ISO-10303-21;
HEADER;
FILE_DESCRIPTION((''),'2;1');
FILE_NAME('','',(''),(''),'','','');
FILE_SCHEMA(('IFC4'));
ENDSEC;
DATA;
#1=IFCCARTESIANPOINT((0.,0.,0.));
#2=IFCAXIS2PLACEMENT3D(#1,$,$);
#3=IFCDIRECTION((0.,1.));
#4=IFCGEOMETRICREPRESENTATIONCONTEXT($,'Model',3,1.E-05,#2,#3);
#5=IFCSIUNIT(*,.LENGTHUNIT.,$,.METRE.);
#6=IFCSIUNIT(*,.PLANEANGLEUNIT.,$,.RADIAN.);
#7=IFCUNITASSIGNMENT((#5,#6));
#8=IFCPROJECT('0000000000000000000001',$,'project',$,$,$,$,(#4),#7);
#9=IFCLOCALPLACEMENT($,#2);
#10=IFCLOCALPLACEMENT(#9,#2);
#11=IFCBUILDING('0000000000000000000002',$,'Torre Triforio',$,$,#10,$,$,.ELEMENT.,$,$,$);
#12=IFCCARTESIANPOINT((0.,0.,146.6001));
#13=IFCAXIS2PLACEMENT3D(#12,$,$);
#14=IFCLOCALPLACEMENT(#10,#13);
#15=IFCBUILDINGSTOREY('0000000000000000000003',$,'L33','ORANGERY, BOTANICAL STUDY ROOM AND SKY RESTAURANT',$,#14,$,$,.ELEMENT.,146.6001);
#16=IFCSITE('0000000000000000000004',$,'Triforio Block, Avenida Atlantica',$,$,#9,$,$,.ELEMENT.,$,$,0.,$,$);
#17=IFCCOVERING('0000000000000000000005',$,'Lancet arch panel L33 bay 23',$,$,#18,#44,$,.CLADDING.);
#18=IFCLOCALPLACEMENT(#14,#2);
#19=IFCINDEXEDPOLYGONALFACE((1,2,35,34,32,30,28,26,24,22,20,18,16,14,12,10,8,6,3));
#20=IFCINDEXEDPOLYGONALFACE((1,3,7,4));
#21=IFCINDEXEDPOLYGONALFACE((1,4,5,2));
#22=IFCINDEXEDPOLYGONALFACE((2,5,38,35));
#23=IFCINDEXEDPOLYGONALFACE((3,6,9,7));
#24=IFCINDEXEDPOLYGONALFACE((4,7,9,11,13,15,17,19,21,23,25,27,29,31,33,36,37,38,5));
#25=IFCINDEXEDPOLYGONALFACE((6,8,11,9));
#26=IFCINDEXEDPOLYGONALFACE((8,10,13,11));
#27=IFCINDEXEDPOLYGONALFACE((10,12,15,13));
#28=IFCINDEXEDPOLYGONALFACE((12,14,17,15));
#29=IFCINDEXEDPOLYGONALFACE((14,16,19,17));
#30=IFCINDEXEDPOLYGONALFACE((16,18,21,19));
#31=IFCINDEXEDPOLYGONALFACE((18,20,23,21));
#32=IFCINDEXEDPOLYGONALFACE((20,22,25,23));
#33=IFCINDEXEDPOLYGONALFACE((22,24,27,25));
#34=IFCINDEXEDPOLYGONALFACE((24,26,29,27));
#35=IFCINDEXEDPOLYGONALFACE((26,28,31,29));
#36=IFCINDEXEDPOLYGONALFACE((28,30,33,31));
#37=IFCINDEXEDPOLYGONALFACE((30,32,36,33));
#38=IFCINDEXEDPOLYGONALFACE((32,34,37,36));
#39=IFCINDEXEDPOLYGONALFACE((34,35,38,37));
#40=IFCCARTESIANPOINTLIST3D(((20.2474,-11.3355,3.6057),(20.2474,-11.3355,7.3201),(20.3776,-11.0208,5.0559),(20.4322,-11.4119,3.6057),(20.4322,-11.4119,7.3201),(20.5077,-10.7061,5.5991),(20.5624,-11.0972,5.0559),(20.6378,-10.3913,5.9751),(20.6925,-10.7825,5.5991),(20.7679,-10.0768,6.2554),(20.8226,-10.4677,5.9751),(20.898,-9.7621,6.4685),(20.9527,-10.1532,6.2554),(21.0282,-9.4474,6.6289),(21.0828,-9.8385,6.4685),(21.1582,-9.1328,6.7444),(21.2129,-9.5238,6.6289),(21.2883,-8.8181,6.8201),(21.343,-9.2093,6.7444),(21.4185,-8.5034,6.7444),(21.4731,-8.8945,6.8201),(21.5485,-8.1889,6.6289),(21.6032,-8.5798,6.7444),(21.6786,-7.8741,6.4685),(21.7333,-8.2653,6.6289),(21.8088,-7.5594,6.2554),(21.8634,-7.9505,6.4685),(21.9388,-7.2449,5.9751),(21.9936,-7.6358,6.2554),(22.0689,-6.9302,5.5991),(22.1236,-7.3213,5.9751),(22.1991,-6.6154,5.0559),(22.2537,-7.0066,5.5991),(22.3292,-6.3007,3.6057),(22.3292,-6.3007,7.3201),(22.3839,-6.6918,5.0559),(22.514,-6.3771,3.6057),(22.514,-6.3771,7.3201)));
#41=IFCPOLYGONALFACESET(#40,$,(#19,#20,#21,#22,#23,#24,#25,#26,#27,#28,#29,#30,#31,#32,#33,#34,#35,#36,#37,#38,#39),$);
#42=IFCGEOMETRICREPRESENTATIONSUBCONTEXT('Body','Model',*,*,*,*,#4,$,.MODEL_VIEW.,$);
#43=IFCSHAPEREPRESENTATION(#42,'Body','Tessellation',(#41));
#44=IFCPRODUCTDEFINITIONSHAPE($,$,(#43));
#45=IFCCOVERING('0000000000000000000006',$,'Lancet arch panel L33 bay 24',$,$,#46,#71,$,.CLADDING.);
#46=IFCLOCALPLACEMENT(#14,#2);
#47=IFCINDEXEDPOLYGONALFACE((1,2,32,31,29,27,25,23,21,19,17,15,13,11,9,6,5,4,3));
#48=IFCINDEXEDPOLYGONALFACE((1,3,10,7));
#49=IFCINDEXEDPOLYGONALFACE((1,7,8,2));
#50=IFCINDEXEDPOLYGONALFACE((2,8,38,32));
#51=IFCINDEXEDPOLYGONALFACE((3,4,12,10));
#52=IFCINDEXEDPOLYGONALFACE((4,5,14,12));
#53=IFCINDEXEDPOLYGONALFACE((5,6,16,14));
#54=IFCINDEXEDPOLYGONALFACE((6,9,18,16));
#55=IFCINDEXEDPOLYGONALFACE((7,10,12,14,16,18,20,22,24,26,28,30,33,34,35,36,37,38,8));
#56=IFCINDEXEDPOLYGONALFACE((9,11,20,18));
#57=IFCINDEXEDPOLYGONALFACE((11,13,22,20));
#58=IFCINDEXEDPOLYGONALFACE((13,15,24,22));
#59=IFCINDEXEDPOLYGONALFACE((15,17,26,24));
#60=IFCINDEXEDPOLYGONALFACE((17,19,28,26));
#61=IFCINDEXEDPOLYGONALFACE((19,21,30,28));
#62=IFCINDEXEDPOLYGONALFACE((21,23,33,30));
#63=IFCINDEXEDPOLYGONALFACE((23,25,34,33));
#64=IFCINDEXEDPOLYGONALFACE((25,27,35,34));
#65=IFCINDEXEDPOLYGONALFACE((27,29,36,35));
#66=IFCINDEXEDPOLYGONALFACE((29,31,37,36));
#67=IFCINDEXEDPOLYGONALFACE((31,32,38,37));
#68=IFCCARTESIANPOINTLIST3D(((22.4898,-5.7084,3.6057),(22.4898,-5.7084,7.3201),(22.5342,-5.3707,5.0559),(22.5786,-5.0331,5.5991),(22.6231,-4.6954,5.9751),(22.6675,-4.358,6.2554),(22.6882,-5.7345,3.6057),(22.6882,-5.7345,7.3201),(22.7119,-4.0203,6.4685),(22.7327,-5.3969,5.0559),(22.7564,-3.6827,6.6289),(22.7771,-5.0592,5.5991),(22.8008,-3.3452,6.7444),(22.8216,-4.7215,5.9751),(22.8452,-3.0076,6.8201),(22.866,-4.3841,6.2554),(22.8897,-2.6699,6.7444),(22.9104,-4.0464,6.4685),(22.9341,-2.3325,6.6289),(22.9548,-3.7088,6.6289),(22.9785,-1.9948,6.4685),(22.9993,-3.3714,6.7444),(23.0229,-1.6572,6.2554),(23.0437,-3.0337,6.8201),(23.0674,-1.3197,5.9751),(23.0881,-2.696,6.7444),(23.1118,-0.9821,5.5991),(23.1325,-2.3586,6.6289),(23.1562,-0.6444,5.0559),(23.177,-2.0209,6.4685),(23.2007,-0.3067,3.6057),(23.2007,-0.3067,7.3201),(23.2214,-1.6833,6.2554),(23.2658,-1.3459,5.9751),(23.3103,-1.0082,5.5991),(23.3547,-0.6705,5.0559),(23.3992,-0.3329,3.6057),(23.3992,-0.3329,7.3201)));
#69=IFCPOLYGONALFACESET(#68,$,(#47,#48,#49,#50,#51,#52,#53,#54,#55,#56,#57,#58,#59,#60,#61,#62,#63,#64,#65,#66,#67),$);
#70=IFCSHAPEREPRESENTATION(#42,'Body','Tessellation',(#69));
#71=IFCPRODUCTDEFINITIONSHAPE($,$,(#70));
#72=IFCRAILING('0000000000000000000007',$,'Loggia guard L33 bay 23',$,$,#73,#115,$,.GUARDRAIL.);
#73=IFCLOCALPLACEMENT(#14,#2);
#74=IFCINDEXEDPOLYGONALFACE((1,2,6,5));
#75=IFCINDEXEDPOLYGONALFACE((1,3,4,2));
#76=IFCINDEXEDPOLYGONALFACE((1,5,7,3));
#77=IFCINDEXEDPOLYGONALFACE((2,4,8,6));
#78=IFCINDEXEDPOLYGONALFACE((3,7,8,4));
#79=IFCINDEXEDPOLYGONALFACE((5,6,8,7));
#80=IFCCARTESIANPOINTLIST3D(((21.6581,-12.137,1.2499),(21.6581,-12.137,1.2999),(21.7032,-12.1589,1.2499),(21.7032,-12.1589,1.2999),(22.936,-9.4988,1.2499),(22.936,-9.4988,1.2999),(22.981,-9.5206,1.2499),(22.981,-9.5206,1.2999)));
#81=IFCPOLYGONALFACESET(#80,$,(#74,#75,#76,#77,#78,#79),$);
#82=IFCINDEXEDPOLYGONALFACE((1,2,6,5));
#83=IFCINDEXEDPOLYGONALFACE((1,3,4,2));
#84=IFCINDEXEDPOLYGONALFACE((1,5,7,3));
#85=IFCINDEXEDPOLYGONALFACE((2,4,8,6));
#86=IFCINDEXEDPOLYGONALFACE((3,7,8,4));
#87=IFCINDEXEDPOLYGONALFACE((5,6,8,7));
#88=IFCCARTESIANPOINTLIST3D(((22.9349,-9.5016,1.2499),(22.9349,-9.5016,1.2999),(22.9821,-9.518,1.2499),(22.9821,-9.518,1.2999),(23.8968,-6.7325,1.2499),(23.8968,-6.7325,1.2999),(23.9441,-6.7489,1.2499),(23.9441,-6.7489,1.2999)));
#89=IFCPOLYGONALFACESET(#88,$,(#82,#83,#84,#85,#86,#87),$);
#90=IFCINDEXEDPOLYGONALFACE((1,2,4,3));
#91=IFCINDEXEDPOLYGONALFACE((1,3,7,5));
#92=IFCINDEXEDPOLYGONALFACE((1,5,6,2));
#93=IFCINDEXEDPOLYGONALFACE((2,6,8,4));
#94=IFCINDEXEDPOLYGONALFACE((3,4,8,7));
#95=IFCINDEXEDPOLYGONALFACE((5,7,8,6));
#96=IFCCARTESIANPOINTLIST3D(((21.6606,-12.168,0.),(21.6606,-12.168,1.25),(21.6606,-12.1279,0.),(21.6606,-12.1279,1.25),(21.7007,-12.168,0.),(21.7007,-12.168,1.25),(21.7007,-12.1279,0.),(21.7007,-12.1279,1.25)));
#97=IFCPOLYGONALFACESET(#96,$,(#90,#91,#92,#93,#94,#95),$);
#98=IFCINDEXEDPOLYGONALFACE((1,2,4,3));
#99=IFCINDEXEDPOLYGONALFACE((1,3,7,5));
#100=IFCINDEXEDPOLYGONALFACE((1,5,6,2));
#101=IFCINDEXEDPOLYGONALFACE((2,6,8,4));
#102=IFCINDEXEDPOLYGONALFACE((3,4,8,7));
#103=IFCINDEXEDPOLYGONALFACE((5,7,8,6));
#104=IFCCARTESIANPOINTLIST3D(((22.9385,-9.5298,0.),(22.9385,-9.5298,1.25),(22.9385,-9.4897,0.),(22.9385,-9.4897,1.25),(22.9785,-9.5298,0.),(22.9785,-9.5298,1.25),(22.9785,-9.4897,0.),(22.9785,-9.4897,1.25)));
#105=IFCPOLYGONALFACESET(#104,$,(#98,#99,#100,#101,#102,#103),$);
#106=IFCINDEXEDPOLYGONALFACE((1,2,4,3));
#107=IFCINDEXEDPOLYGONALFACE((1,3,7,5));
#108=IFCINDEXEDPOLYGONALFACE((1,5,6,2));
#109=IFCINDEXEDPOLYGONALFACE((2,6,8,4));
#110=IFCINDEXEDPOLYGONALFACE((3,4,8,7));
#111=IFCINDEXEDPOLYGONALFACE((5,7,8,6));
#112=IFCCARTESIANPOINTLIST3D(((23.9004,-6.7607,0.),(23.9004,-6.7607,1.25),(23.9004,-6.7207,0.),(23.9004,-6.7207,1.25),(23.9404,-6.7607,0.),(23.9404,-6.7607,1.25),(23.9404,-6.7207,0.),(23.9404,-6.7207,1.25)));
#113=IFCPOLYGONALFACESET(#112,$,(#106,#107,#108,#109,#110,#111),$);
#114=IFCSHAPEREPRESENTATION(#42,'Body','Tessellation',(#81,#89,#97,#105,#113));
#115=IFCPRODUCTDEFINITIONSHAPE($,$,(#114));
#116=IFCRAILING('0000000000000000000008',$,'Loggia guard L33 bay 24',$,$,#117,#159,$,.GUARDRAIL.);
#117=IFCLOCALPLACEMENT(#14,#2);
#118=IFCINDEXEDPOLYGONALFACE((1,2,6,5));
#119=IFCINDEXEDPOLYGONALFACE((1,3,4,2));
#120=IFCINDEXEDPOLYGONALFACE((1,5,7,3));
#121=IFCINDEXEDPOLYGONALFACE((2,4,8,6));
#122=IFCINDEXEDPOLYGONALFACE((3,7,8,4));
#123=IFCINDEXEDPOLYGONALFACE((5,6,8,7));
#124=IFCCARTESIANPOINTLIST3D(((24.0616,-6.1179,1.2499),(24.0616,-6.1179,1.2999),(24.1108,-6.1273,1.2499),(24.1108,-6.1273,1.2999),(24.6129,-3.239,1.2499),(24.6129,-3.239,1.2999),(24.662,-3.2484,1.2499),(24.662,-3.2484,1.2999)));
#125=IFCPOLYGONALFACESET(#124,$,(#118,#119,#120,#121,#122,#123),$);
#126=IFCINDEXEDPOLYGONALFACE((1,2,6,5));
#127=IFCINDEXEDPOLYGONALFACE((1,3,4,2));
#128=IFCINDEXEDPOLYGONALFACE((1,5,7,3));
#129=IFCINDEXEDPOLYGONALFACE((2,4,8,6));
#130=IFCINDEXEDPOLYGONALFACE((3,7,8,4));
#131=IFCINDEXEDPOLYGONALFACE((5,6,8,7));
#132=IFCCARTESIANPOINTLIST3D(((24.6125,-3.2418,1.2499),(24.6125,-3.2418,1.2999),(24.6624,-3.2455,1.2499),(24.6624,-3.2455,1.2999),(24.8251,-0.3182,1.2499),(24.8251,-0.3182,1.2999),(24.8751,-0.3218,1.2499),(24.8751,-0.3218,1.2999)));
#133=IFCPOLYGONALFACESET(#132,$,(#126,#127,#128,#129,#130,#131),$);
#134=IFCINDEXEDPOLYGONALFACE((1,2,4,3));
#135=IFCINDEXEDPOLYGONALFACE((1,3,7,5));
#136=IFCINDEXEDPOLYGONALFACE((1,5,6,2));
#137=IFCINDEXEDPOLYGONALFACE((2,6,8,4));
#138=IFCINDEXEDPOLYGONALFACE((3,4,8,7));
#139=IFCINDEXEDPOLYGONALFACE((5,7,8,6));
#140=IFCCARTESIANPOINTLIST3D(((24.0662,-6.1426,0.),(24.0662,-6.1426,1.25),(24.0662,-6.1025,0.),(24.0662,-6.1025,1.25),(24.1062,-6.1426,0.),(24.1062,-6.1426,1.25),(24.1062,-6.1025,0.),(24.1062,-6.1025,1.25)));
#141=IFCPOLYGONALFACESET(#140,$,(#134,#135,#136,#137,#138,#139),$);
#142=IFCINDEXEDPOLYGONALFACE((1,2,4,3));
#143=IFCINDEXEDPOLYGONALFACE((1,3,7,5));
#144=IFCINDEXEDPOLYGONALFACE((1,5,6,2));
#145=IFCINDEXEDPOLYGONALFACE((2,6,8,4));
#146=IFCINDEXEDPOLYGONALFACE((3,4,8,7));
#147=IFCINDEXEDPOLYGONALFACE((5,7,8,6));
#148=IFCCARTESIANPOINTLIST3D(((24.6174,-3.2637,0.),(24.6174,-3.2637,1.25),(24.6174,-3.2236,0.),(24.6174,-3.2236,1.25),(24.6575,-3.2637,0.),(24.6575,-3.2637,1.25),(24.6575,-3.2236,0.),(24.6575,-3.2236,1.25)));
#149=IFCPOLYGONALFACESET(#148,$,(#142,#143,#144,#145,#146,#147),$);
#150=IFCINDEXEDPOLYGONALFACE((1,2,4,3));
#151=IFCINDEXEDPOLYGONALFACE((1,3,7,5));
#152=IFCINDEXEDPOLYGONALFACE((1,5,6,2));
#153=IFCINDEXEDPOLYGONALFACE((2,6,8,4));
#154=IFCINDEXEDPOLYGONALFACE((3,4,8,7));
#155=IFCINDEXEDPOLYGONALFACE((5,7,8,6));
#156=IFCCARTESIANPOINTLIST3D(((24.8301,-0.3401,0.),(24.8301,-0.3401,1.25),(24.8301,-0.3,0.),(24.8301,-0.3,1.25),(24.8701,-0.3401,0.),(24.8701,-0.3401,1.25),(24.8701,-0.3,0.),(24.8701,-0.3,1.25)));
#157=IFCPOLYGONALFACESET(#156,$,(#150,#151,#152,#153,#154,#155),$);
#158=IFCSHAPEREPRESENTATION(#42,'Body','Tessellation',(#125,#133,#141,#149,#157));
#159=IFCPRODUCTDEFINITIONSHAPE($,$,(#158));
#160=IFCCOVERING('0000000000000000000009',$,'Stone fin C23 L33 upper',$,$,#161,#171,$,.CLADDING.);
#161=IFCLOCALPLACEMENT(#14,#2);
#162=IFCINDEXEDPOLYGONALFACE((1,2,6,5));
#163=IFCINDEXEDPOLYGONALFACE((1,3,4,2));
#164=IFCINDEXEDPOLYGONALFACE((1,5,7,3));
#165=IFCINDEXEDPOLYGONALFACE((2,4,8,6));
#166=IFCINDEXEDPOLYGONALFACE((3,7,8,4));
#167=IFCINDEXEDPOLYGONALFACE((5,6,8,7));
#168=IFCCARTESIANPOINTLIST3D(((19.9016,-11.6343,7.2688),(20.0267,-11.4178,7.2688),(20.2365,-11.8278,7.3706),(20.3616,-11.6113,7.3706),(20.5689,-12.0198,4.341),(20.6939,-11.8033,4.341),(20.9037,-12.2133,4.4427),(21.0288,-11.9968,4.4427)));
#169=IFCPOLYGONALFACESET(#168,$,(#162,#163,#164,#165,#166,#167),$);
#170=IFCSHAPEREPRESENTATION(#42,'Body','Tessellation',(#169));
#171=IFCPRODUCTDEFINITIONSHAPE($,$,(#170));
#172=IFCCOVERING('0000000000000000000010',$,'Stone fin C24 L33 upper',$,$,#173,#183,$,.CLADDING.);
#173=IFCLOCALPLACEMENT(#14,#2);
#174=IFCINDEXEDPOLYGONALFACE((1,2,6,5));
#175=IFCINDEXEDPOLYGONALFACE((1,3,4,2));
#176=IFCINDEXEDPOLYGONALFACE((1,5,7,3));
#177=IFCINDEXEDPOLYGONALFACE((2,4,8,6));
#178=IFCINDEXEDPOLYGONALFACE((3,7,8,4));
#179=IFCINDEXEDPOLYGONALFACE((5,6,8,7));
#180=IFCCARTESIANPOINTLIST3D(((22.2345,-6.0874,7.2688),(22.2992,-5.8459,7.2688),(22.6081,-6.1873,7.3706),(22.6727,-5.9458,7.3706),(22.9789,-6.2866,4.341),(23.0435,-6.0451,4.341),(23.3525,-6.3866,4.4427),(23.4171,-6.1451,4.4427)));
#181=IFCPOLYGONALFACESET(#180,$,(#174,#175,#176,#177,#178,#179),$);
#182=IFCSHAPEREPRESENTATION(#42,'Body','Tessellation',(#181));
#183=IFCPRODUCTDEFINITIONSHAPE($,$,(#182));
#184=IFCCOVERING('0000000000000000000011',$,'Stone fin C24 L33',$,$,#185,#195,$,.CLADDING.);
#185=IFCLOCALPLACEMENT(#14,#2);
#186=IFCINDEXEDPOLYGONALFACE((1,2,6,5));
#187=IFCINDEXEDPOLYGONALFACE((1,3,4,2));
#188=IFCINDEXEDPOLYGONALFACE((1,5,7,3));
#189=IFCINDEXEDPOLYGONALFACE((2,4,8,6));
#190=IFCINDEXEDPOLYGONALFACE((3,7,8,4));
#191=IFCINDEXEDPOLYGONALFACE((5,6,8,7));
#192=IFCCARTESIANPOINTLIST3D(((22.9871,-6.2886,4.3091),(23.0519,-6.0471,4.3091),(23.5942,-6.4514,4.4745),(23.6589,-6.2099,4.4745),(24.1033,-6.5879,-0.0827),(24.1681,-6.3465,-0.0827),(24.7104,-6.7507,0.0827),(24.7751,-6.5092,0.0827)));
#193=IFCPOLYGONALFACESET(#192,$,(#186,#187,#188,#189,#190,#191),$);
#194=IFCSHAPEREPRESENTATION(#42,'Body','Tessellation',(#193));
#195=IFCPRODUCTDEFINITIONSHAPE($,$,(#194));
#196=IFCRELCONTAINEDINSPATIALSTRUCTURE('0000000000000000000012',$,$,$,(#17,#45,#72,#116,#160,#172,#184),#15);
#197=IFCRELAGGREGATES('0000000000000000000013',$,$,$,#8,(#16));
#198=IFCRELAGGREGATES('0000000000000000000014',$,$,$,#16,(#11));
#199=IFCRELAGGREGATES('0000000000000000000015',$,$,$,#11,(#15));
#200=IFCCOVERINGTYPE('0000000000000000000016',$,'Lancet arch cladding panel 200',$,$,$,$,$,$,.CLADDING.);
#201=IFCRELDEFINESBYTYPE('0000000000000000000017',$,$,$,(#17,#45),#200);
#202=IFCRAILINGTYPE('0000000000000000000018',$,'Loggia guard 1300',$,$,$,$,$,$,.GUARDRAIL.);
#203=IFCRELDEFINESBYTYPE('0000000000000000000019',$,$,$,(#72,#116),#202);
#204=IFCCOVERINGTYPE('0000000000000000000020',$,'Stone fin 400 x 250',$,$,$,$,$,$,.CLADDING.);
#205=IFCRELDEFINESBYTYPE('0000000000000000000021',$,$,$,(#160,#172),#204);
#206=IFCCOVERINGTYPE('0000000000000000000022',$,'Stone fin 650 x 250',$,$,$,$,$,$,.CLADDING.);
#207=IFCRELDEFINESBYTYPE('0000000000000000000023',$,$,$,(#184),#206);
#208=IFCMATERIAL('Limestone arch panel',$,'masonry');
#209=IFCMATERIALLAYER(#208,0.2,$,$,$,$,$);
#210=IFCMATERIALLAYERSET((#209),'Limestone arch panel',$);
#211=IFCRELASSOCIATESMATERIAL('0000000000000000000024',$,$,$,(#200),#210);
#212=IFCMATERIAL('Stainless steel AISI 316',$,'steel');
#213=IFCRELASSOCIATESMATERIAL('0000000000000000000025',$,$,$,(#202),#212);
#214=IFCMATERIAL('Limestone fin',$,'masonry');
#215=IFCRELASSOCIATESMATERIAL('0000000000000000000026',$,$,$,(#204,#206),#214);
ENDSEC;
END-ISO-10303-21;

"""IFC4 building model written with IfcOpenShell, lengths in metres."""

from ifc_helpers import new_model, si_unit, direction, frame, origin, origin_2d, place, context, subcontext, project, spatial, polyline, rectangle, outline, extrude, material, layer, layer_set, material_profile, profile_set, type_object, element, save


model = new_model("IFC4")

# Units and contexts
model_context = context("Model", 3, precision=1e-05, world=origin(), true_north=direction((0.0, 1.0)))
body_context = subcontext(model_context, "Body", "Model", "MODEL_VIEW")
ifc_project = project(units=[si_unit("LENGTHUNIT", "METRE"), si_unit("PLANEANGLEUNIT", "RADIAN")], contexts=[model_context])

# Site, building, storey
site_placement = place(None, origin())
site = spatial("IfcSite", under=ifc_project, at=site_placement, Name="Triforio Block, Avenida Atlantica", CompositionType="ELEMENT", RefElevation=0.0)
building_placement = place(site_placement, origin())
building = spatial("IfcBuilding", under=site, at=building_placement, Name="Torre Triforio", CompositionType="ELEMENT")
storey_placement = place(building_placement, frame((0.0, 0.0, 146.6001)))
storey = spatial("IfcBuildingStorey", under=building, at=storey_placement, Name="L33", Description="ORANGERY, BOTANICAL STUDY ROOM AND SKY RESTAURANT", CompositionType="ELEMENT", Elevation=146.6001)

# Coverings
ifc_material_1 = material(Name="Limestone arch panel", Category="masonry")
ifc_layer_1 = layer(ifc_material_1, 0.2)
ifc_layer_set_1 = layer_set([ifc_layer_1], Name="Limestone arch panel")
covering_type_1 = type_object("IfcCoveringType", Name="Lancet arch cladding panel 200", PredefinedType="CLADDING", material=ifc_layer_set_1)
covering_1_placement = place(storey_placement, frame((21.2883, -8.8181, 0.0), z_axis=(0.924121, -0.3821, 0.0), x_axis=(0.3821, 0.924121, 0.0)))
element("IfcCovering", 1, at=covering_1_placement, inside=storey, type_object=covering_type_1, Name="Lancet arch panel L33 bay 23", PredefinedType="CLADDING", context=body_context, shape_type="SweptSolid", body=[
    extrude(outline(polyline([(-2.7241, 7.3201), (-2.7241, 3.6057), (-2.3835, 5.0559), (-2.043, 5.5991), (-1.7024, 5.9751), (-1.3621, 6.2554), (-1.0215, 6.4685), (-0.6809, 6.6289), (-0.3406, 6.7444), (0.0, 6.8201), (0.3406, 6.7444), (0.6809, 6.6289), (1.0215, 6.4685), (1.3621, 6.2554), (1.7024, 5.9751), (2.043, 5.5991), (2.3835, 5.0559), (2.7241, 3.6057), (2.7241, 7.3201), (-2.7241, 7.3201)])), origin(), (0.0, 0.0, 1.0), 0.2),
])
covering_2_placement = place(storey_placement, frame((22.8452, -3.0076, 0.0), z_axis=(0.99145, -0.130486, 0.0), x_axis=(0.130486, 0.99145, 0.0)))
element("IfcCovering", 2, at=covering_2_placement, inside=storey, type_object=covering_type_1, Name="Lancet arch panel L33 bay 24", PredefinedType="CLADDING", context=body_context, shape_type="SweptSolid", body=[
    extrude(outline(polyline([(-2.7241, 7.3201), (-2.7241, 3.6057), (-2.3835, 5.0559), (-2.043, 5.5991), (-1.7024, 5.9751), (-1.3621, 6.2554), (-1.0215, 6.4685), (-0.6809, 6.6289), (-0.3406, 6.7444), (0.0, 6.8201), (0.3406, 6.7444), (0.6809, 6.6289), (1.0215, 6.4685), (1.3621, 6.2554), (1.7024, 5.9751), (2.043, 5.5991), (2.3835, 5.0559), (2.7241, 3.6057), (2.7241, 7.3201), (-2.7241, 7.3201)])), origin(), (0.0, 0.0, 1.0), 0.2002),
])

# Railings
ifc_material_2 = material(Name="Stainless steel AISI 316", Category="steel")
railing_type = type_object("IfcRailingType", Name="Loggia guard 1300", PredefinedType="GUARDRAIL", material=ifc_material_2)
railing_1_placement = place(storey_placement, frame((21.6807, -12.1479, 0.0)))
element("IfcRailing", 3, at=railing_1_placement, inside=storey, type_object=railing_type, Name="Loggia guard L33 bay 23", PredefinedType="GUARDRAIL", context=body_context, shape_type="SweptSolid", body=[
    extrude(rectangle(XDim=0.05, YDim=0.05, at=origin_2d()), frame((0.0, 0.0, 1.2749), z_axis=(0.435918, 0.899986, 0.0), x_axis=(-0.899986, 0.435918, 0.0)), (0.0, 0.0, 1.0), 2.9314),
    extrude(rectangle(XDim=0.05, YDim=0.05, at=origin_2d()), frame((1.2778, 2.6382, 1.2749), z_axis=(0.328146, 0.944627, 0.0), x_axis=(-0.944627, 0.328146, 0.0)), (0.0, 0.0, 1.0), 2.9314),
    extrude(rectangle(XDim=0.04, YDim=0.04, at=origin_2d()), origin(), (0.0, 0.0, 1.0), 1.25),
    extrude(rectangle(XDim=0.04, YDim=0.04, at=origin_2d()), frame((1.2778, 2.6382, 0.0)), (0.0, 0.0, 1.0), 1.25),
    extrude(rectangle(XDim=0.04, YDim=0.04, at=origin_2d()), frame((2.2397, 5.4072, 0.0)), (0.0, 0.0, 1.0), 1.25),
])
railing_2_placement = place(storey_placement, frame((24.0862, -6.1226, 0.0)))
element("IfcRailing", 4, at=railing_2_placement, inside=storey, type_object=railing_type, Name="Loggia guard L33 bay 24", PredefinedType="GUARDRAIL", context=body_context, shape_type="SweptSolid", body=[
    extrude(rectangle(XDim=0.05, YDim=0.05, at=origin_2d()), frame((0.0, 0.0, 1.2749), z_axis=(0.188069, 0.982156, 0.0), x_axis=(-0.982156, 0.188069, 0.0)), (0.0, 0.0, 1.0), 2.9312),
    extrude(rectangle(XDim=0.05, YDim=0.05, at=origin_2d()), frame((0.5513, 2.8789, 1.2749), z_axis=(0.072543, 0.997365, 0.0), x_axis=(-0.997365, 0.072543, 0.0)), (0.0, 0.0, 1.0), 2.9314),
    extrude(rectangle(XDim=0.04, YDim=0.04, at=origin_2d()), origin(), (0.0, 0.0, 1.0), 1.25),
    extrude(rectangle(XDim=0.04, YDim=0.04, at=origin_2d()), frame((0.5513, 2.8789, 0.0)), (0.0, 0.0, 1.0), 1.25),
    extrude(rectangle(XDim=0.04, YDim=0.04, at=origin_2d()), frame((0.7639, 5.8025, 0.0)), (0.0, 0.0, 1.0), 1.25),
])

# Coverings
ifc_material_3 = material(Name="Limestone fin", Category="masonry")
ifc_material_profile_1 = material_profile(ifc_material_3, rectangle(XDim=0.3999, YDim=0.25, at=origin_2d()), Name="FIN 400x250")
ifc_profile_set_1 = profile_set([ifc_material_profile_1], Name="Limestone fin")
covering_type_2 = type_object("IfcCoveringType", Name="Stone fin 400 x 250", PredefinedType="CLADDING", material=ifc_profile_set_1)
for number, where, z_axis, x_axis, name in (
    (5, (20.7988, -12.0083, 4.3918), (-0.220378, 0.127324, 0.967069), (0.83736, -0.483787, 0.254516), "Stone fin C23 L33 upper"),
    (6, (23.198, -6.2158, 4.3918), (-0.24586, 0.065799, 0.96707), (0.934192, -0.250017, 0.254512), "Stone fin C24 L33 upper"),
):
    element("IfcCovering", number, at=place(storey_placement, frame(where, z_axis=z_axis, x_axis=x_axis)), inside=storey, type_object=covering_type_2, Name=name, PredefinedType="CLADDING", context=body_context, shape_type="SweptSolid", body=[
        extrude(rectangle(XDim=0.3999, YDim=0.25, at=origin_2d()), origin(), (0.0, 0.0, 1.0), 3.0276),
    ])
ifc_material_profile_2 = material_profile(ifc_material_3, rectangle(XDim=0.6499, YDim=0.25, at=origin_2d()), Name="FIN 650x250")
ifc_profile_set_2 = profile_set([ifc_material_profile_2], Name="Limestone fin")
covering_type_3 = type_object("IfcCoveringType", Name="Stone fin 650 x 250", PredefinedType="CLADDING", material=ifc_profile_set_2)
covering_3_placement = place(storey_placement, frame((24.4392, -6.5486, 0.0), z_axis=(-0.245789, 0.065909, 0.96708), x_axis=(0.93408, -0.250477, 0.254472)))
element("IfcCovering", 7, at=covering_3_placement, inside=storey, type_object=covering_type_3, Name="Stone fin C24 L33", PredefinedType="CLADDING", context=body_context, shape_type="SweptSolid", body=[
    extrude(rectangle(XDim=0.6499, YDim=0.25, at=origin_2d()), origin(), (0.0, 0.0, 1.0), 4.5413),
])

save(model, "model.ifc")
